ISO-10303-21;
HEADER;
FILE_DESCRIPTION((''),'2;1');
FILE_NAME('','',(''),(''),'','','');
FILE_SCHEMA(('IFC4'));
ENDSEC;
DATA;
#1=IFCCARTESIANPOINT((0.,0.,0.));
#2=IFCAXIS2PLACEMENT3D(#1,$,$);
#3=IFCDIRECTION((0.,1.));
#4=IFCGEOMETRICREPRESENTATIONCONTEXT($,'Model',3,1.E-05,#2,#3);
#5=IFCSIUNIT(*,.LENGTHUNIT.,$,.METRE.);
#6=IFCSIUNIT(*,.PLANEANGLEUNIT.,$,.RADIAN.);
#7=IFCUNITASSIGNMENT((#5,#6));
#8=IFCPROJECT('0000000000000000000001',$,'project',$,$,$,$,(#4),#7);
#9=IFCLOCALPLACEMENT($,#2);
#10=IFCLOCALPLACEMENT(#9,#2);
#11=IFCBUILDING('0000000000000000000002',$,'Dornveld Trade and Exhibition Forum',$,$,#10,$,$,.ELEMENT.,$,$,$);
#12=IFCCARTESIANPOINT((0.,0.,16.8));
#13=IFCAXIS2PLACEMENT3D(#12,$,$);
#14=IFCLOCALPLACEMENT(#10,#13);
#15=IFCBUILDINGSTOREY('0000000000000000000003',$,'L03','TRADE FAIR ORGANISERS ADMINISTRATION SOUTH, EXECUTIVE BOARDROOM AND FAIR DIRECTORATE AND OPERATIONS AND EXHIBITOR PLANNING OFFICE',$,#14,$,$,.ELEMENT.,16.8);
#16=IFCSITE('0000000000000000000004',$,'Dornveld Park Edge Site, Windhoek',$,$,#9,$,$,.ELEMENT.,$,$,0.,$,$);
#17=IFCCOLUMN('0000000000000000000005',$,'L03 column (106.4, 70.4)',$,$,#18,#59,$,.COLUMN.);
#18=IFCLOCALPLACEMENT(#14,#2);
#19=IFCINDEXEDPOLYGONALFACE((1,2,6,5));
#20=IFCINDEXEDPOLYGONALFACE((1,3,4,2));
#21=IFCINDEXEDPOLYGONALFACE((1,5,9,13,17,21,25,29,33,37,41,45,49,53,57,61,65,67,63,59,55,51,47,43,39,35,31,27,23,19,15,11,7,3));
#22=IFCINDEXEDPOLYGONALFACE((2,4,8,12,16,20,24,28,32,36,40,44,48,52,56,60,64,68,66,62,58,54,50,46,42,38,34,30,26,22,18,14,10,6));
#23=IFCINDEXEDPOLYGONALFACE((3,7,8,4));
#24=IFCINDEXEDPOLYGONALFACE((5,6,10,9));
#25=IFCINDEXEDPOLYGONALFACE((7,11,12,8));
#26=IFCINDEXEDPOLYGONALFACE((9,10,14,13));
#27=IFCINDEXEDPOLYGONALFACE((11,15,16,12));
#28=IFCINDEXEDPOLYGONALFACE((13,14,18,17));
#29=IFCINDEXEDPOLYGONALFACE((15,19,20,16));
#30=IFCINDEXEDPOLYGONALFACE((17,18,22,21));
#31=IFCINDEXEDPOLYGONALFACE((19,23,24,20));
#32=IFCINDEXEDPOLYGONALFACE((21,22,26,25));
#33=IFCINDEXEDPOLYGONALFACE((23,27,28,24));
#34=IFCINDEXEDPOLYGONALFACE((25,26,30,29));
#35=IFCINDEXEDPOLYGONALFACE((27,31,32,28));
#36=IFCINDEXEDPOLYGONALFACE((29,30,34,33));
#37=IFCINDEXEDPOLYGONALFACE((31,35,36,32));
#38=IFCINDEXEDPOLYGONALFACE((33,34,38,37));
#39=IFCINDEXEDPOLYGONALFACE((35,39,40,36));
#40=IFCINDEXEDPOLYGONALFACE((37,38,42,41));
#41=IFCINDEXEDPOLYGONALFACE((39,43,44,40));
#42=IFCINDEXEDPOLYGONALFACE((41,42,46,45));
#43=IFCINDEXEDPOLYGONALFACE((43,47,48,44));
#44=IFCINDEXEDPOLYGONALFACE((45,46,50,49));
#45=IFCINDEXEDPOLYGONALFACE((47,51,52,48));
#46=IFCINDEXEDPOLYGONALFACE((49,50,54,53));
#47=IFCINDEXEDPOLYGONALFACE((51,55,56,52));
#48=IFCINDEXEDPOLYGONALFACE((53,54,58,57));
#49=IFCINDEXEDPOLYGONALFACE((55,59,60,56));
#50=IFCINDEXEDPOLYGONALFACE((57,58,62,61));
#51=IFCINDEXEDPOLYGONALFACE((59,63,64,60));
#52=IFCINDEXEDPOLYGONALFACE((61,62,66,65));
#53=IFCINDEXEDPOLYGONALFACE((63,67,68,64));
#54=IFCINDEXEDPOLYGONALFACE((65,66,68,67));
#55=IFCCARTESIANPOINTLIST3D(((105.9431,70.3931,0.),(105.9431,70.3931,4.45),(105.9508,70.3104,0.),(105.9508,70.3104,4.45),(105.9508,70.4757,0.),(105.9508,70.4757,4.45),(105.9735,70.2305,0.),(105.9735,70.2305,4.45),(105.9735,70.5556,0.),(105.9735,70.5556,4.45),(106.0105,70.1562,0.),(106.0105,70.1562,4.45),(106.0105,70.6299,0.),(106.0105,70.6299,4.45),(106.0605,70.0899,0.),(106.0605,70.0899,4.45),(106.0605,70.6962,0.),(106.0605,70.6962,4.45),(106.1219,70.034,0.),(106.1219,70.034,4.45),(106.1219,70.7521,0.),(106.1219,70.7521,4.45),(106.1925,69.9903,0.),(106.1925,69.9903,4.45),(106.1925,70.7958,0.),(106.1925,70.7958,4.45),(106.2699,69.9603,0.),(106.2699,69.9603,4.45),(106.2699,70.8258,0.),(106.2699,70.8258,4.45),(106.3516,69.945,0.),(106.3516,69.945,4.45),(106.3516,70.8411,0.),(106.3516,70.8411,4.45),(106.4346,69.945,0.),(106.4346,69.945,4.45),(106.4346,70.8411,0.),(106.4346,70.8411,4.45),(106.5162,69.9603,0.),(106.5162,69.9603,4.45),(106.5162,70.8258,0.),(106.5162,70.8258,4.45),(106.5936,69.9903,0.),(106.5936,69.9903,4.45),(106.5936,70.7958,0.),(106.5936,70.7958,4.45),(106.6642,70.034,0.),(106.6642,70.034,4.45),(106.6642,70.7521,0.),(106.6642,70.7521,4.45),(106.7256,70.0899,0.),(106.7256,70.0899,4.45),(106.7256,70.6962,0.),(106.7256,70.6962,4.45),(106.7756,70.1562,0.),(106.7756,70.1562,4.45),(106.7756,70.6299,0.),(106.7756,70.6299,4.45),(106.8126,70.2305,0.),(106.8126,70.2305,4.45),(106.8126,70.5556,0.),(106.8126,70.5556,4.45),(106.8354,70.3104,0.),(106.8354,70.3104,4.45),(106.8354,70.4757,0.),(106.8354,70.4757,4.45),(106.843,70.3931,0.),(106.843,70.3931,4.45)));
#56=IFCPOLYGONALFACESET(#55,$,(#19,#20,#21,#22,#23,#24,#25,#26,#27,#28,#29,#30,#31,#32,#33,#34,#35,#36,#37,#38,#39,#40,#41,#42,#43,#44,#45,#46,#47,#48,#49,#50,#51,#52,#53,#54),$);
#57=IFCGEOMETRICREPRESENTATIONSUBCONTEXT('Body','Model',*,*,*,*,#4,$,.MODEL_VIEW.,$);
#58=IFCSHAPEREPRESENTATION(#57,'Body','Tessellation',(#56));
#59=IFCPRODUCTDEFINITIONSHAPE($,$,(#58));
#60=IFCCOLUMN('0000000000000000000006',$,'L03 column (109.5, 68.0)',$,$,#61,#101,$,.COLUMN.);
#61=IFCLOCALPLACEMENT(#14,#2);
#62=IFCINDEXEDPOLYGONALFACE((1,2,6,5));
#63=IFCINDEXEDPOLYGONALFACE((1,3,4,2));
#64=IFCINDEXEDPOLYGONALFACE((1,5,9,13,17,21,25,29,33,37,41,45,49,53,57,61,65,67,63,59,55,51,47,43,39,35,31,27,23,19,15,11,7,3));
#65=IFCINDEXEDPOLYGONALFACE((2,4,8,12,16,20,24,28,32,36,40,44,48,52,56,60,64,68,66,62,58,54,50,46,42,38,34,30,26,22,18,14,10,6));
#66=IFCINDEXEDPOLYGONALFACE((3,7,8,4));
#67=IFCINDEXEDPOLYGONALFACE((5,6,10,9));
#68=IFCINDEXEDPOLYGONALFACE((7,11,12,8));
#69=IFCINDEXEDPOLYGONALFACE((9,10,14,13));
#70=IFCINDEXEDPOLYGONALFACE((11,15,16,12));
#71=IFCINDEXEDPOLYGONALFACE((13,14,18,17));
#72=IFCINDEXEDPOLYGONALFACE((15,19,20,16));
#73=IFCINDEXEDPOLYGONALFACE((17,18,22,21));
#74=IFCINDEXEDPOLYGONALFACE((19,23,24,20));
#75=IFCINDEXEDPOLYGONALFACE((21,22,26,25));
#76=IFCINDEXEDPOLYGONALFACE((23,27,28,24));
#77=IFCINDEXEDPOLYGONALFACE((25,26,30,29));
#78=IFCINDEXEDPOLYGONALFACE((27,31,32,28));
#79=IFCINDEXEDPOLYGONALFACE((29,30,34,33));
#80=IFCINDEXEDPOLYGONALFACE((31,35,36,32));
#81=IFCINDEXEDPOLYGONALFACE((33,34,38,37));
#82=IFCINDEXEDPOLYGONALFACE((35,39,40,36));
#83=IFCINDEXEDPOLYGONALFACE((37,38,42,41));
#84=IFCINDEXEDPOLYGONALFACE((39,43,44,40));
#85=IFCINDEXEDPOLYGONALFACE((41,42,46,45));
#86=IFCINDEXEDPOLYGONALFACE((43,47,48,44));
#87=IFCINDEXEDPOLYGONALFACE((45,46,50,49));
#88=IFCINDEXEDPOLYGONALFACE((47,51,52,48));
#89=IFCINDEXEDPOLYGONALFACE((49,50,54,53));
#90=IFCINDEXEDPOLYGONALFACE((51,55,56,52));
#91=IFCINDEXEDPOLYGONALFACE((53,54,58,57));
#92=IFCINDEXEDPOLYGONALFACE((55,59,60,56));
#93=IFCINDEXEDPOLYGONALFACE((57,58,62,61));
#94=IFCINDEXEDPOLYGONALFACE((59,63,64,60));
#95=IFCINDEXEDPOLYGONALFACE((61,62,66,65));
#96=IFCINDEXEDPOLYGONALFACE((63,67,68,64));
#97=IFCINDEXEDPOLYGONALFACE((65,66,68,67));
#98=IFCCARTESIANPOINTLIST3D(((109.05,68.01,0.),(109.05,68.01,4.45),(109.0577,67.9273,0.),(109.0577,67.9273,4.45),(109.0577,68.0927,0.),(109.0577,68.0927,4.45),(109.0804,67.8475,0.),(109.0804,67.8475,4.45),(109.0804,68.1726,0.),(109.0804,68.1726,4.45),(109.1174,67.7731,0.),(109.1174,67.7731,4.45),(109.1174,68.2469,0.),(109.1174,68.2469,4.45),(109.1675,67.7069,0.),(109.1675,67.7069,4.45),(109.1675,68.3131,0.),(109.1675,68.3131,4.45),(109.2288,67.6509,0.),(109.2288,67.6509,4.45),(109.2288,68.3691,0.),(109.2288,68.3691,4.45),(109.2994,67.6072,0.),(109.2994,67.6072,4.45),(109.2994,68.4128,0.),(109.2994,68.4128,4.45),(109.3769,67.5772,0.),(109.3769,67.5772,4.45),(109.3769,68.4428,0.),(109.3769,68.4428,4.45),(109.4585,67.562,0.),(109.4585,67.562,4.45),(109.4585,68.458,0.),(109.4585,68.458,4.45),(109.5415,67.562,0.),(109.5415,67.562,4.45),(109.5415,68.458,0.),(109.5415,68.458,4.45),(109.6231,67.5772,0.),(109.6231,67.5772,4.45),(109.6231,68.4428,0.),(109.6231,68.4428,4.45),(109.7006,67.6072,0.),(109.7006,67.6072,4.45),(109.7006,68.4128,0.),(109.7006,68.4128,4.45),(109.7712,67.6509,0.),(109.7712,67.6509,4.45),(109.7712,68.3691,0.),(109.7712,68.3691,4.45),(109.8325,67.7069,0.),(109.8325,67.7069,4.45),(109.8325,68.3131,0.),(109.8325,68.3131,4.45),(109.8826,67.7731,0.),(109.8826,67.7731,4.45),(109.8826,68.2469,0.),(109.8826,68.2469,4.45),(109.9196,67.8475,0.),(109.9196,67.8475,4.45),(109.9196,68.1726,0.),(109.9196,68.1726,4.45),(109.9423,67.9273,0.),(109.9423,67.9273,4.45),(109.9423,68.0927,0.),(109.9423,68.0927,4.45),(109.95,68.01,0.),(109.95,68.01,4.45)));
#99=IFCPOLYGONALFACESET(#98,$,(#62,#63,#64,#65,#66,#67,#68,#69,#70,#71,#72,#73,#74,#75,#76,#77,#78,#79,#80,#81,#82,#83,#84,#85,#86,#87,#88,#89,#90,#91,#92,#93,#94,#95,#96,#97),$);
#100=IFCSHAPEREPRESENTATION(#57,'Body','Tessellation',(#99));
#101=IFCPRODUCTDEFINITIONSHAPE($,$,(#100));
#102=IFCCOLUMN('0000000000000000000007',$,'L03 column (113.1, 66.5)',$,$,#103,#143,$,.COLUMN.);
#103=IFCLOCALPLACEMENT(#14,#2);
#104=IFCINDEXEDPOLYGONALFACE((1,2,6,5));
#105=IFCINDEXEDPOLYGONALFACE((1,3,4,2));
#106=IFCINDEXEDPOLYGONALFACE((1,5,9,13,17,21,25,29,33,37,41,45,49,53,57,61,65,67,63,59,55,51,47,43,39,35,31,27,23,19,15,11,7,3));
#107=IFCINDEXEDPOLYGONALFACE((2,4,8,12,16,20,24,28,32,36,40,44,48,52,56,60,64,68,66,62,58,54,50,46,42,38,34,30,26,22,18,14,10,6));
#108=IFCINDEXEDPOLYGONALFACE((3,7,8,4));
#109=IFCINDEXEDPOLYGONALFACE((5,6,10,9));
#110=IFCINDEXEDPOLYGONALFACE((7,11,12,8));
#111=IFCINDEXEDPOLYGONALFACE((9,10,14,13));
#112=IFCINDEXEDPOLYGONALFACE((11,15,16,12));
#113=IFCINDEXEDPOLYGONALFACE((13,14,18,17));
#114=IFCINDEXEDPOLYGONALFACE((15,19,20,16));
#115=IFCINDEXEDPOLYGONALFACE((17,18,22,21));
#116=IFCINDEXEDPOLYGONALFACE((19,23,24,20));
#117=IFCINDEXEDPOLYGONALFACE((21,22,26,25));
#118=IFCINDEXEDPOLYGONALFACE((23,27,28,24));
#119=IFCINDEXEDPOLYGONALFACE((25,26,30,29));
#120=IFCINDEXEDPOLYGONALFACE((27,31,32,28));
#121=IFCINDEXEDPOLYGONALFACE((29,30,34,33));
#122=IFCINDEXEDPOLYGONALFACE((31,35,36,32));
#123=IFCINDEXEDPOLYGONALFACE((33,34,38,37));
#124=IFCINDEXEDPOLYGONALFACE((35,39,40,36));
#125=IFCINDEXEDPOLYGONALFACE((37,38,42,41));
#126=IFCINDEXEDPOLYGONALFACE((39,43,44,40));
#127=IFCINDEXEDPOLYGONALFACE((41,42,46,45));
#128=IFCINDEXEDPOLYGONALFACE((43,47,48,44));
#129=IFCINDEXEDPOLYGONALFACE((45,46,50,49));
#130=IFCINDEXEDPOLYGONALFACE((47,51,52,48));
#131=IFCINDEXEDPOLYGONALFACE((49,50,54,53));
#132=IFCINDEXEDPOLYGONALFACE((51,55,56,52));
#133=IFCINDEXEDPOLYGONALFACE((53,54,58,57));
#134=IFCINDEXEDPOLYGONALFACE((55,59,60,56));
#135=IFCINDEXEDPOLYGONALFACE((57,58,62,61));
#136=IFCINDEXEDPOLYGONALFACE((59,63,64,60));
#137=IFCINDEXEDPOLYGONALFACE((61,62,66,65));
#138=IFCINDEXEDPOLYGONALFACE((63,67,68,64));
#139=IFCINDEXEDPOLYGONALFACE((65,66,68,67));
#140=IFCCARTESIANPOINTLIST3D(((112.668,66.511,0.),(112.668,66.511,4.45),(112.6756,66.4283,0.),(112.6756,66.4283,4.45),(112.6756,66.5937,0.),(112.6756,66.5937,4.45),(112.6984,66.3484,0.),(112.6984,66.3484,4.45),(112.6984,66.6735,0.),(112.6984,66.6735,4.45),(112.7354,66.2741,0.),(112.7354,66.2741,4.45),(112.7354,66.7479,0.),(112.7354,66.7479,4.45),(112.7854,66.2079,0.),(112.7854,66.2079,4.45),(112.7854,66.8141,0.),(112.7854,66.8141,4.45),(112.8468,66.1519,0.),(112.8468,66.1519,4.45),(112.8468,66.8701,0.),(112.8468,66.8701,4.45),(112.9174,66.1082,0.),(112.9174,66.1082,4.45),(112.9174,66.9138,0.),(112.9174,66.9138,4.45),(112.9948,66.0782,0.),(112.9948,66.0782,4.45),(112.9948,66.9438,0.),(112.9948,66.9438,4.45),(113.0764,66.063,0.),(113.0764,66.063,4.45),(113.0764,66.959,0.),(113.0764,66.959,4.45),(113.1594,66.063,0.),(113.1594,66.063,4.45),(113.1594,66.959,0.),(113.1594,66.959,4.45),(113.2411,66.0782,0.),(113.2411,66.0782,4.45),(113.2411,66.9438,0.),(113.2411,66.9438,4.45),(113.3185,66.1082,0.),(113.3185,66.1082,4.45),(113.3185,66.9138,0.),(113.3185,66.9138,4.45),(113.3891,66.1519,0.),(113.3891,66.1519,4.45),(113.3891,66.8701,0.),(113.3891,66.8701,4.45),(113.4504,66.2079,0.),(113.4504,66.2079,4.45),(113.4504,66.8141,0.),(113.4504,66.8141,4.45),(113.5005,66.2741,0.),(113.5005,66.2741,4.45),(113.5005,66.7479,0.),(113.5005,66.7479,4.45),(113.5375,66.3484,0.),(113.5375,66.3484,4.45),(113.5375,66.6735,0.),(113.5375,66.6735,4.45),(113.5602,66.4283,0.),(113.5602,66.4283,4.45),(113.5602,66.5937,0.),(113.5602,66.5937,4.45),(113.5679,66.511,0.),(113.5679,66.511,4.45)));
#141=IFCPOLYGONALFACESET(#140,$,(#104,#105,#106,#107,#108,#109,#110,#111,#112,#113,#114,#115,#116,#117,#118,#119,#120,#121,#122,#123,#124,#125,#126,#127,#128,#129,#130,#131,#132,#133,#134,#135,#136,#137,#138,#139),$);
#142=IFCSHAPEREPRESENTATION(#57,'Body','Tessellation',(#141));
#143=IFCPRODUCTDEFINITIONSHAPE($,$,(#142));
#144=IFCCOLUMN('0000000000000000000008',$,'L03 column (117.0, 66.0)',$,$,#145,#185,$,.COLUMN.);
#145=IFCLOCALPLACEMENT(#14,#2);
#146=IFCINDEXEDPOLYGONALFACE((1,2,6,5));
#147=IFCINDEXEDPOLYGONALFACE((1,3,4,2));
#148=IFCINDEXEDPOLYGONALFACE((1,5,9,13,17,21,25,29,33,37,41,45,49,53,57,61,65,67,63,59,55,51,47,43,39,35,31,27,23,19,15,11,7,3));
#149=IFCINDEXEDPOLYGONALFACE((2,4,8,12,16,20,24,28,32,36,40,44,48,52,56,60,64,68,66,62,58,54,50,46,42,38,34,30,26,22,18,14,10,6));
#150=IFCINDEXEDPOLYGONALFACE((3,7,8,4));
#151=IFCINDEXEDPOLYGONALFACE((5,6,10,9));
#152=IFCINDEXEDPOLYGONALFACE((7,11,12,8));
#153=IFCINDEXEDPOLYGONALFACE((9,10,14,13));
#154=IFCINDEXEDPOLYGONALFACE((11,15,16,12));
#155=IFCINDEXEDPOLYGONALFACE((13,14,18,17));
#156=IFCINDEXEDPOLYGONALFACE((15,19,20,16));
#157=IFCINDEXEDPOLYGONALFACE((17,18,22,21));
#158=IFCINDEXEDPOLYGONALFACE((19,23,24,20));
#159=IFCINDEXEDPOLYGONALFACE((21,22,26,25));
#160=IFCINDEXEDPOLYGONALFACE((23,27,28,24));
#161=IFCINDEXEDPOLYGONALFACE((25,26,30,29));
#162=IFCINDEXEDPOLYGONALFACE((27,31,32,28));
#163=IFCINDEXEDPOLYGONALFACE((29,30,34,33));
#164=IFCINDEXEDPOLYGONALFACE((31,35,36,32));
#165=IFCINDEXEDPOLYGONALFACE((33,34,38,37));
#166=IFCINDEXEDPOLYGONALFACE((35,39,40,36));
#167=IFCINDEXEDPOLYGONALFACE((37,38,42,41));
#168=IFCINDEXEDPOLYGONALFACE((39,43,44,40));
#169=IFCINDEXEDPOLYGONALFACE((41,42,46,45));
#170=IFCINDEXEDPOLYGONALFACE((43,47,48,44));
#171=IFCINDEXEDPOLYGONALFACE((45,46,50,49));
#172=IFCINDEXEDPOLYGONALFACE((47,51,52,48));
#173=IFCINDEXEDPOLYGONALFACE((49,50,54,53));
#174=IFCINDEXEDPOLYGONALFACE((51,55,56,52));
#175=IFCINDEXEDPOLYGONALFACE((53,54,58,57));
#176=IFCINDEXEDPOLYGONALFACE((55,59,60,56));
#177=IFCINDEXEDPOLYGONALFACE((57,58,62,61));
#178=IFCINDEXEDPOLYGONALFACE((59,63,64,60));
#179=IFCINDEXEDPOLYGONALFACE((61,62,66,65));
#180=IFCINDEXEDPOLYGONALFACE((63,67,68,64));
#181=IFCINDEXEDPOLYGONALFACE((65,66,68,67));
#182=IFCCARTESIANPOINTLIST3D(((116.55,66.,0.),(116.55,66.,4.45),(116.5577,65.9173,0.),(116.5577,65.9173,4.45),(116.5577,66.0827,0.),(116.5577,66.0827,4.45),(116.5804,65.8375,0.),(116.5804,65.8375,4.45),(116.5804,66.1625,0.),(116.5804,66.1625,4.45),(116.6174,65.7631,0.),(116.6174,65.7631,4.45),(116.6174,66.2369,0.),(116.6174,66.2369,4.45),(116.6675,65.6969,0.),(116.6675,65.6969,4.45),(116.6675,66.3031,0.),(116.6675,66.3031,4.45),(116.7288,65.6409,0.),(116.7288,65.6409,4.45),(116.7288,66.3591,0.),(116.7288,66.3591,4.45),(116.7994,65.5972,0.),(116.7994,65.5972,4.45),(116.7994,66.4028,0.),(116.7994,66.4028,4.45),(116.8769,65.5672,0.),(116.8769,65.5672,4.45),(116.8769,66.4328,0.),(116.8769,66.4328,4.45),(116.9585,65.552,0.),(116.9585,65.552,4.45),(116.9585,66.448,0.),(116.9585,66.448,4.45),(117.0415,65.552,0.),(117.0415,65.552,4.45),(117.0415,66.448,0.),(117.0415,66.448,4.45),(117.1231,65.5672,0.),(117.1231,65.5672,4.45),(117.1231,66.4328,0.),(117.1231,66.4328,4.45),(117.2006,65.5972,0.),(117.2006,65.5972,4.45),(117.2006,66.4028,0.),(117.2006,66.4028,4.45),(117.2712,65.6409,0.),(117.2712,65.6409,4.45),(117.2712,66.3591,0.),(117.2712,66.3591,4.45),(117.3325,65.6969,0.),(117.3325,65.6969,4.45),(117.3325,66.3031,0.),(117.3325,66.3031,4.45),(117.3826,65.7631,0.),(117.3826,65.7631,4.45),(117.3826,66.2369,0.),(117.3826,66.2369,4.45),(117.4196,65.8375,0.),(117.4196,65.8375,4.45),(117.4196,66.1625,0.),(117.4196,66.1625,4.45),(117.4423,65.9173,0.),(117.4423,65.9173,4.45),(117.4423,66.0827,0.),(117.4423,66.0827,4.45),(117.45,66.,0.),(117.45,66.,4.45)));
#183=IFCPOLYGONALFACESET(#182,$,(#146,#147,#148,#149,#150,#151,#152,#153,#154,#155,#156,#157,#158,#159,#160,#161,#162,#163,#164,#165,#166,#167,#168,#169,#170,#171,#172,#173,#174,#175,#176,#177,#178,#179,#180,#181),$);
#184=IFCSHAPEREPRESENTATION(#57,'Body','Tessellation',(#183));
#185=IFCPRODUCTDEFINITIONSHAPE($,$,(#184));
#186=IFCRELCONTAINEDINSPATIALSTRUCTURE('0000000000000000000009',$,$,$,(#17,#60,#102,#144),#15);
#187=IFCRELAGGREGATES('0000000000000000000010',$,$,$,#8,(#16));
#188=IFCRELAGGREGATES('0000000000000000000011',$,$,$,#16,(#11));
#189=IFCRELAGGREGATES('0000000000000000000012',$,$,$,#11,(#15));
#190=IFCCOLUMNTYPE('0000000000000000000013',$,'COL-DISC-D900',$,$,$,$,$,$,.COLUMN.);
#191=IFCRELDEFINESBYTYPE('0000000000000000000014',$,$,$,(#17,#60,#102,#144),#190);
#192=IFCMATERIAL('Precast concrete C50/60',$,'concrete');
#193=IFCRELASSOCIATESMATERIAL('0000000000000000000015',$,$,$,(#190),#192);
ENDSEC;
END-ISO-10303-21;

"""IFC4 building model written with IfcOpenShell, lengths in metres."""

from ifc_helpers import new_model, si_unit, direction, frame, origin, origin_2d, place, context, subcontext, project, spatial, circle, extrude, material, material_profile, profile_set, type_object, element, save


model = new_model("IFC4")

# Units and contexts
model_context = context("Model", 3, precision=1e-05, world=origin(), true_north=direction((0.0, 1.0)))
body_context = subcontext(model_context, "Body", "Model", "MODEL_VIEW")
ifc_project = project(units=[si_unit("LENGTHUNIT", "METRE"), si_unit("PLANEANGLEUNIT", "RADIAN")], contexts=[model_context])

# Site, building, storey
site_placement = place(None, origin())
site = spatial("IfcSite", under=ifc_project, at=site_placement, Name="Dornveld Park Edge Site, Windhoek", CompositionType="ELEMENT", RefElevation=0.0)
building_placement = place(site_placement, origin())
building = spatial("IfcBuilding", under=site, at=building_placement, Name="Dornveld Trade and Exhibition Forum", CompositionType="ELEMENT")
storey_placement = place(building_placement, frame((0.0, 0.0, 16.8)))
storey = spatial("IfcBuildingStorey", under=building, at=storey_placement, Name="L03", Description="TRADE FAIR ORGANISERS ADMINISTRATION SOUTH, EXECUTIVE BOARDROOM AND FAIR DIRECTORATE AND OPERATIONS AND EXHIBITOR PLANNING OFFICE", CompositionType="ELEMENT", Elevation=16.8)

# Columns
ifc_material_1 = material(Name="Precast concrete C50/60", Category="concrete")
ifc_material_profile_1 = material_profile(ifc_material_1, circle(Radius=0.45, at=origin_2d()), Name="PC-COL D900")
ifc_profile_set_1 = profile_set([ifc_material_profile_1], Name="Precast concrete C50/60")
column_type_1 = type_object("IfcColumnType", Name="COL-DISC-D900", PredefinedType="COLUMN", material=ifc_profile_set_1)
for number, where, z_axis, x_axis, name in (
    (1, (106.3931, 70.3931, 0.0), (0.0, 0.0, 1.0), (1.0, 0.0, 0.0), "L03 column (106.4, 70.4)"),
    (2, (109.5, 68.01, 0.0), (0.0, 0.0, 1.0), (1.0, 0.0, 0.0), "L03 column (109.5, 68.0)"),
    (3, (113.1179, 66.511, 0.0), (0.0, 0.0, 1.0), (1.0, 0.0, 0.0), "L03 column (113.1, 66.5)"),
    (4, (117.0, 66.0, 0.0), (0.0, 0.0, 1.0), (1.0, 0.0, 0.0), "L03 column (117.0, 66.0)"),
):
    element("IfcColumn", number, at=place(storey_placement, frame(where, z_axis=z_axis, x_axis=x_axis)), inside=storey, type_object=column_type_1, Name=name, PredefinedType="COLUMN", context=body_context, shape_type="SweptSolid", body=[
        extrude(circle(Radius=0.45, at=origin_2d()), origin(), (0.0, 0.0, 1.0), 4.45),
    ])

save(model, "model.ifc")
